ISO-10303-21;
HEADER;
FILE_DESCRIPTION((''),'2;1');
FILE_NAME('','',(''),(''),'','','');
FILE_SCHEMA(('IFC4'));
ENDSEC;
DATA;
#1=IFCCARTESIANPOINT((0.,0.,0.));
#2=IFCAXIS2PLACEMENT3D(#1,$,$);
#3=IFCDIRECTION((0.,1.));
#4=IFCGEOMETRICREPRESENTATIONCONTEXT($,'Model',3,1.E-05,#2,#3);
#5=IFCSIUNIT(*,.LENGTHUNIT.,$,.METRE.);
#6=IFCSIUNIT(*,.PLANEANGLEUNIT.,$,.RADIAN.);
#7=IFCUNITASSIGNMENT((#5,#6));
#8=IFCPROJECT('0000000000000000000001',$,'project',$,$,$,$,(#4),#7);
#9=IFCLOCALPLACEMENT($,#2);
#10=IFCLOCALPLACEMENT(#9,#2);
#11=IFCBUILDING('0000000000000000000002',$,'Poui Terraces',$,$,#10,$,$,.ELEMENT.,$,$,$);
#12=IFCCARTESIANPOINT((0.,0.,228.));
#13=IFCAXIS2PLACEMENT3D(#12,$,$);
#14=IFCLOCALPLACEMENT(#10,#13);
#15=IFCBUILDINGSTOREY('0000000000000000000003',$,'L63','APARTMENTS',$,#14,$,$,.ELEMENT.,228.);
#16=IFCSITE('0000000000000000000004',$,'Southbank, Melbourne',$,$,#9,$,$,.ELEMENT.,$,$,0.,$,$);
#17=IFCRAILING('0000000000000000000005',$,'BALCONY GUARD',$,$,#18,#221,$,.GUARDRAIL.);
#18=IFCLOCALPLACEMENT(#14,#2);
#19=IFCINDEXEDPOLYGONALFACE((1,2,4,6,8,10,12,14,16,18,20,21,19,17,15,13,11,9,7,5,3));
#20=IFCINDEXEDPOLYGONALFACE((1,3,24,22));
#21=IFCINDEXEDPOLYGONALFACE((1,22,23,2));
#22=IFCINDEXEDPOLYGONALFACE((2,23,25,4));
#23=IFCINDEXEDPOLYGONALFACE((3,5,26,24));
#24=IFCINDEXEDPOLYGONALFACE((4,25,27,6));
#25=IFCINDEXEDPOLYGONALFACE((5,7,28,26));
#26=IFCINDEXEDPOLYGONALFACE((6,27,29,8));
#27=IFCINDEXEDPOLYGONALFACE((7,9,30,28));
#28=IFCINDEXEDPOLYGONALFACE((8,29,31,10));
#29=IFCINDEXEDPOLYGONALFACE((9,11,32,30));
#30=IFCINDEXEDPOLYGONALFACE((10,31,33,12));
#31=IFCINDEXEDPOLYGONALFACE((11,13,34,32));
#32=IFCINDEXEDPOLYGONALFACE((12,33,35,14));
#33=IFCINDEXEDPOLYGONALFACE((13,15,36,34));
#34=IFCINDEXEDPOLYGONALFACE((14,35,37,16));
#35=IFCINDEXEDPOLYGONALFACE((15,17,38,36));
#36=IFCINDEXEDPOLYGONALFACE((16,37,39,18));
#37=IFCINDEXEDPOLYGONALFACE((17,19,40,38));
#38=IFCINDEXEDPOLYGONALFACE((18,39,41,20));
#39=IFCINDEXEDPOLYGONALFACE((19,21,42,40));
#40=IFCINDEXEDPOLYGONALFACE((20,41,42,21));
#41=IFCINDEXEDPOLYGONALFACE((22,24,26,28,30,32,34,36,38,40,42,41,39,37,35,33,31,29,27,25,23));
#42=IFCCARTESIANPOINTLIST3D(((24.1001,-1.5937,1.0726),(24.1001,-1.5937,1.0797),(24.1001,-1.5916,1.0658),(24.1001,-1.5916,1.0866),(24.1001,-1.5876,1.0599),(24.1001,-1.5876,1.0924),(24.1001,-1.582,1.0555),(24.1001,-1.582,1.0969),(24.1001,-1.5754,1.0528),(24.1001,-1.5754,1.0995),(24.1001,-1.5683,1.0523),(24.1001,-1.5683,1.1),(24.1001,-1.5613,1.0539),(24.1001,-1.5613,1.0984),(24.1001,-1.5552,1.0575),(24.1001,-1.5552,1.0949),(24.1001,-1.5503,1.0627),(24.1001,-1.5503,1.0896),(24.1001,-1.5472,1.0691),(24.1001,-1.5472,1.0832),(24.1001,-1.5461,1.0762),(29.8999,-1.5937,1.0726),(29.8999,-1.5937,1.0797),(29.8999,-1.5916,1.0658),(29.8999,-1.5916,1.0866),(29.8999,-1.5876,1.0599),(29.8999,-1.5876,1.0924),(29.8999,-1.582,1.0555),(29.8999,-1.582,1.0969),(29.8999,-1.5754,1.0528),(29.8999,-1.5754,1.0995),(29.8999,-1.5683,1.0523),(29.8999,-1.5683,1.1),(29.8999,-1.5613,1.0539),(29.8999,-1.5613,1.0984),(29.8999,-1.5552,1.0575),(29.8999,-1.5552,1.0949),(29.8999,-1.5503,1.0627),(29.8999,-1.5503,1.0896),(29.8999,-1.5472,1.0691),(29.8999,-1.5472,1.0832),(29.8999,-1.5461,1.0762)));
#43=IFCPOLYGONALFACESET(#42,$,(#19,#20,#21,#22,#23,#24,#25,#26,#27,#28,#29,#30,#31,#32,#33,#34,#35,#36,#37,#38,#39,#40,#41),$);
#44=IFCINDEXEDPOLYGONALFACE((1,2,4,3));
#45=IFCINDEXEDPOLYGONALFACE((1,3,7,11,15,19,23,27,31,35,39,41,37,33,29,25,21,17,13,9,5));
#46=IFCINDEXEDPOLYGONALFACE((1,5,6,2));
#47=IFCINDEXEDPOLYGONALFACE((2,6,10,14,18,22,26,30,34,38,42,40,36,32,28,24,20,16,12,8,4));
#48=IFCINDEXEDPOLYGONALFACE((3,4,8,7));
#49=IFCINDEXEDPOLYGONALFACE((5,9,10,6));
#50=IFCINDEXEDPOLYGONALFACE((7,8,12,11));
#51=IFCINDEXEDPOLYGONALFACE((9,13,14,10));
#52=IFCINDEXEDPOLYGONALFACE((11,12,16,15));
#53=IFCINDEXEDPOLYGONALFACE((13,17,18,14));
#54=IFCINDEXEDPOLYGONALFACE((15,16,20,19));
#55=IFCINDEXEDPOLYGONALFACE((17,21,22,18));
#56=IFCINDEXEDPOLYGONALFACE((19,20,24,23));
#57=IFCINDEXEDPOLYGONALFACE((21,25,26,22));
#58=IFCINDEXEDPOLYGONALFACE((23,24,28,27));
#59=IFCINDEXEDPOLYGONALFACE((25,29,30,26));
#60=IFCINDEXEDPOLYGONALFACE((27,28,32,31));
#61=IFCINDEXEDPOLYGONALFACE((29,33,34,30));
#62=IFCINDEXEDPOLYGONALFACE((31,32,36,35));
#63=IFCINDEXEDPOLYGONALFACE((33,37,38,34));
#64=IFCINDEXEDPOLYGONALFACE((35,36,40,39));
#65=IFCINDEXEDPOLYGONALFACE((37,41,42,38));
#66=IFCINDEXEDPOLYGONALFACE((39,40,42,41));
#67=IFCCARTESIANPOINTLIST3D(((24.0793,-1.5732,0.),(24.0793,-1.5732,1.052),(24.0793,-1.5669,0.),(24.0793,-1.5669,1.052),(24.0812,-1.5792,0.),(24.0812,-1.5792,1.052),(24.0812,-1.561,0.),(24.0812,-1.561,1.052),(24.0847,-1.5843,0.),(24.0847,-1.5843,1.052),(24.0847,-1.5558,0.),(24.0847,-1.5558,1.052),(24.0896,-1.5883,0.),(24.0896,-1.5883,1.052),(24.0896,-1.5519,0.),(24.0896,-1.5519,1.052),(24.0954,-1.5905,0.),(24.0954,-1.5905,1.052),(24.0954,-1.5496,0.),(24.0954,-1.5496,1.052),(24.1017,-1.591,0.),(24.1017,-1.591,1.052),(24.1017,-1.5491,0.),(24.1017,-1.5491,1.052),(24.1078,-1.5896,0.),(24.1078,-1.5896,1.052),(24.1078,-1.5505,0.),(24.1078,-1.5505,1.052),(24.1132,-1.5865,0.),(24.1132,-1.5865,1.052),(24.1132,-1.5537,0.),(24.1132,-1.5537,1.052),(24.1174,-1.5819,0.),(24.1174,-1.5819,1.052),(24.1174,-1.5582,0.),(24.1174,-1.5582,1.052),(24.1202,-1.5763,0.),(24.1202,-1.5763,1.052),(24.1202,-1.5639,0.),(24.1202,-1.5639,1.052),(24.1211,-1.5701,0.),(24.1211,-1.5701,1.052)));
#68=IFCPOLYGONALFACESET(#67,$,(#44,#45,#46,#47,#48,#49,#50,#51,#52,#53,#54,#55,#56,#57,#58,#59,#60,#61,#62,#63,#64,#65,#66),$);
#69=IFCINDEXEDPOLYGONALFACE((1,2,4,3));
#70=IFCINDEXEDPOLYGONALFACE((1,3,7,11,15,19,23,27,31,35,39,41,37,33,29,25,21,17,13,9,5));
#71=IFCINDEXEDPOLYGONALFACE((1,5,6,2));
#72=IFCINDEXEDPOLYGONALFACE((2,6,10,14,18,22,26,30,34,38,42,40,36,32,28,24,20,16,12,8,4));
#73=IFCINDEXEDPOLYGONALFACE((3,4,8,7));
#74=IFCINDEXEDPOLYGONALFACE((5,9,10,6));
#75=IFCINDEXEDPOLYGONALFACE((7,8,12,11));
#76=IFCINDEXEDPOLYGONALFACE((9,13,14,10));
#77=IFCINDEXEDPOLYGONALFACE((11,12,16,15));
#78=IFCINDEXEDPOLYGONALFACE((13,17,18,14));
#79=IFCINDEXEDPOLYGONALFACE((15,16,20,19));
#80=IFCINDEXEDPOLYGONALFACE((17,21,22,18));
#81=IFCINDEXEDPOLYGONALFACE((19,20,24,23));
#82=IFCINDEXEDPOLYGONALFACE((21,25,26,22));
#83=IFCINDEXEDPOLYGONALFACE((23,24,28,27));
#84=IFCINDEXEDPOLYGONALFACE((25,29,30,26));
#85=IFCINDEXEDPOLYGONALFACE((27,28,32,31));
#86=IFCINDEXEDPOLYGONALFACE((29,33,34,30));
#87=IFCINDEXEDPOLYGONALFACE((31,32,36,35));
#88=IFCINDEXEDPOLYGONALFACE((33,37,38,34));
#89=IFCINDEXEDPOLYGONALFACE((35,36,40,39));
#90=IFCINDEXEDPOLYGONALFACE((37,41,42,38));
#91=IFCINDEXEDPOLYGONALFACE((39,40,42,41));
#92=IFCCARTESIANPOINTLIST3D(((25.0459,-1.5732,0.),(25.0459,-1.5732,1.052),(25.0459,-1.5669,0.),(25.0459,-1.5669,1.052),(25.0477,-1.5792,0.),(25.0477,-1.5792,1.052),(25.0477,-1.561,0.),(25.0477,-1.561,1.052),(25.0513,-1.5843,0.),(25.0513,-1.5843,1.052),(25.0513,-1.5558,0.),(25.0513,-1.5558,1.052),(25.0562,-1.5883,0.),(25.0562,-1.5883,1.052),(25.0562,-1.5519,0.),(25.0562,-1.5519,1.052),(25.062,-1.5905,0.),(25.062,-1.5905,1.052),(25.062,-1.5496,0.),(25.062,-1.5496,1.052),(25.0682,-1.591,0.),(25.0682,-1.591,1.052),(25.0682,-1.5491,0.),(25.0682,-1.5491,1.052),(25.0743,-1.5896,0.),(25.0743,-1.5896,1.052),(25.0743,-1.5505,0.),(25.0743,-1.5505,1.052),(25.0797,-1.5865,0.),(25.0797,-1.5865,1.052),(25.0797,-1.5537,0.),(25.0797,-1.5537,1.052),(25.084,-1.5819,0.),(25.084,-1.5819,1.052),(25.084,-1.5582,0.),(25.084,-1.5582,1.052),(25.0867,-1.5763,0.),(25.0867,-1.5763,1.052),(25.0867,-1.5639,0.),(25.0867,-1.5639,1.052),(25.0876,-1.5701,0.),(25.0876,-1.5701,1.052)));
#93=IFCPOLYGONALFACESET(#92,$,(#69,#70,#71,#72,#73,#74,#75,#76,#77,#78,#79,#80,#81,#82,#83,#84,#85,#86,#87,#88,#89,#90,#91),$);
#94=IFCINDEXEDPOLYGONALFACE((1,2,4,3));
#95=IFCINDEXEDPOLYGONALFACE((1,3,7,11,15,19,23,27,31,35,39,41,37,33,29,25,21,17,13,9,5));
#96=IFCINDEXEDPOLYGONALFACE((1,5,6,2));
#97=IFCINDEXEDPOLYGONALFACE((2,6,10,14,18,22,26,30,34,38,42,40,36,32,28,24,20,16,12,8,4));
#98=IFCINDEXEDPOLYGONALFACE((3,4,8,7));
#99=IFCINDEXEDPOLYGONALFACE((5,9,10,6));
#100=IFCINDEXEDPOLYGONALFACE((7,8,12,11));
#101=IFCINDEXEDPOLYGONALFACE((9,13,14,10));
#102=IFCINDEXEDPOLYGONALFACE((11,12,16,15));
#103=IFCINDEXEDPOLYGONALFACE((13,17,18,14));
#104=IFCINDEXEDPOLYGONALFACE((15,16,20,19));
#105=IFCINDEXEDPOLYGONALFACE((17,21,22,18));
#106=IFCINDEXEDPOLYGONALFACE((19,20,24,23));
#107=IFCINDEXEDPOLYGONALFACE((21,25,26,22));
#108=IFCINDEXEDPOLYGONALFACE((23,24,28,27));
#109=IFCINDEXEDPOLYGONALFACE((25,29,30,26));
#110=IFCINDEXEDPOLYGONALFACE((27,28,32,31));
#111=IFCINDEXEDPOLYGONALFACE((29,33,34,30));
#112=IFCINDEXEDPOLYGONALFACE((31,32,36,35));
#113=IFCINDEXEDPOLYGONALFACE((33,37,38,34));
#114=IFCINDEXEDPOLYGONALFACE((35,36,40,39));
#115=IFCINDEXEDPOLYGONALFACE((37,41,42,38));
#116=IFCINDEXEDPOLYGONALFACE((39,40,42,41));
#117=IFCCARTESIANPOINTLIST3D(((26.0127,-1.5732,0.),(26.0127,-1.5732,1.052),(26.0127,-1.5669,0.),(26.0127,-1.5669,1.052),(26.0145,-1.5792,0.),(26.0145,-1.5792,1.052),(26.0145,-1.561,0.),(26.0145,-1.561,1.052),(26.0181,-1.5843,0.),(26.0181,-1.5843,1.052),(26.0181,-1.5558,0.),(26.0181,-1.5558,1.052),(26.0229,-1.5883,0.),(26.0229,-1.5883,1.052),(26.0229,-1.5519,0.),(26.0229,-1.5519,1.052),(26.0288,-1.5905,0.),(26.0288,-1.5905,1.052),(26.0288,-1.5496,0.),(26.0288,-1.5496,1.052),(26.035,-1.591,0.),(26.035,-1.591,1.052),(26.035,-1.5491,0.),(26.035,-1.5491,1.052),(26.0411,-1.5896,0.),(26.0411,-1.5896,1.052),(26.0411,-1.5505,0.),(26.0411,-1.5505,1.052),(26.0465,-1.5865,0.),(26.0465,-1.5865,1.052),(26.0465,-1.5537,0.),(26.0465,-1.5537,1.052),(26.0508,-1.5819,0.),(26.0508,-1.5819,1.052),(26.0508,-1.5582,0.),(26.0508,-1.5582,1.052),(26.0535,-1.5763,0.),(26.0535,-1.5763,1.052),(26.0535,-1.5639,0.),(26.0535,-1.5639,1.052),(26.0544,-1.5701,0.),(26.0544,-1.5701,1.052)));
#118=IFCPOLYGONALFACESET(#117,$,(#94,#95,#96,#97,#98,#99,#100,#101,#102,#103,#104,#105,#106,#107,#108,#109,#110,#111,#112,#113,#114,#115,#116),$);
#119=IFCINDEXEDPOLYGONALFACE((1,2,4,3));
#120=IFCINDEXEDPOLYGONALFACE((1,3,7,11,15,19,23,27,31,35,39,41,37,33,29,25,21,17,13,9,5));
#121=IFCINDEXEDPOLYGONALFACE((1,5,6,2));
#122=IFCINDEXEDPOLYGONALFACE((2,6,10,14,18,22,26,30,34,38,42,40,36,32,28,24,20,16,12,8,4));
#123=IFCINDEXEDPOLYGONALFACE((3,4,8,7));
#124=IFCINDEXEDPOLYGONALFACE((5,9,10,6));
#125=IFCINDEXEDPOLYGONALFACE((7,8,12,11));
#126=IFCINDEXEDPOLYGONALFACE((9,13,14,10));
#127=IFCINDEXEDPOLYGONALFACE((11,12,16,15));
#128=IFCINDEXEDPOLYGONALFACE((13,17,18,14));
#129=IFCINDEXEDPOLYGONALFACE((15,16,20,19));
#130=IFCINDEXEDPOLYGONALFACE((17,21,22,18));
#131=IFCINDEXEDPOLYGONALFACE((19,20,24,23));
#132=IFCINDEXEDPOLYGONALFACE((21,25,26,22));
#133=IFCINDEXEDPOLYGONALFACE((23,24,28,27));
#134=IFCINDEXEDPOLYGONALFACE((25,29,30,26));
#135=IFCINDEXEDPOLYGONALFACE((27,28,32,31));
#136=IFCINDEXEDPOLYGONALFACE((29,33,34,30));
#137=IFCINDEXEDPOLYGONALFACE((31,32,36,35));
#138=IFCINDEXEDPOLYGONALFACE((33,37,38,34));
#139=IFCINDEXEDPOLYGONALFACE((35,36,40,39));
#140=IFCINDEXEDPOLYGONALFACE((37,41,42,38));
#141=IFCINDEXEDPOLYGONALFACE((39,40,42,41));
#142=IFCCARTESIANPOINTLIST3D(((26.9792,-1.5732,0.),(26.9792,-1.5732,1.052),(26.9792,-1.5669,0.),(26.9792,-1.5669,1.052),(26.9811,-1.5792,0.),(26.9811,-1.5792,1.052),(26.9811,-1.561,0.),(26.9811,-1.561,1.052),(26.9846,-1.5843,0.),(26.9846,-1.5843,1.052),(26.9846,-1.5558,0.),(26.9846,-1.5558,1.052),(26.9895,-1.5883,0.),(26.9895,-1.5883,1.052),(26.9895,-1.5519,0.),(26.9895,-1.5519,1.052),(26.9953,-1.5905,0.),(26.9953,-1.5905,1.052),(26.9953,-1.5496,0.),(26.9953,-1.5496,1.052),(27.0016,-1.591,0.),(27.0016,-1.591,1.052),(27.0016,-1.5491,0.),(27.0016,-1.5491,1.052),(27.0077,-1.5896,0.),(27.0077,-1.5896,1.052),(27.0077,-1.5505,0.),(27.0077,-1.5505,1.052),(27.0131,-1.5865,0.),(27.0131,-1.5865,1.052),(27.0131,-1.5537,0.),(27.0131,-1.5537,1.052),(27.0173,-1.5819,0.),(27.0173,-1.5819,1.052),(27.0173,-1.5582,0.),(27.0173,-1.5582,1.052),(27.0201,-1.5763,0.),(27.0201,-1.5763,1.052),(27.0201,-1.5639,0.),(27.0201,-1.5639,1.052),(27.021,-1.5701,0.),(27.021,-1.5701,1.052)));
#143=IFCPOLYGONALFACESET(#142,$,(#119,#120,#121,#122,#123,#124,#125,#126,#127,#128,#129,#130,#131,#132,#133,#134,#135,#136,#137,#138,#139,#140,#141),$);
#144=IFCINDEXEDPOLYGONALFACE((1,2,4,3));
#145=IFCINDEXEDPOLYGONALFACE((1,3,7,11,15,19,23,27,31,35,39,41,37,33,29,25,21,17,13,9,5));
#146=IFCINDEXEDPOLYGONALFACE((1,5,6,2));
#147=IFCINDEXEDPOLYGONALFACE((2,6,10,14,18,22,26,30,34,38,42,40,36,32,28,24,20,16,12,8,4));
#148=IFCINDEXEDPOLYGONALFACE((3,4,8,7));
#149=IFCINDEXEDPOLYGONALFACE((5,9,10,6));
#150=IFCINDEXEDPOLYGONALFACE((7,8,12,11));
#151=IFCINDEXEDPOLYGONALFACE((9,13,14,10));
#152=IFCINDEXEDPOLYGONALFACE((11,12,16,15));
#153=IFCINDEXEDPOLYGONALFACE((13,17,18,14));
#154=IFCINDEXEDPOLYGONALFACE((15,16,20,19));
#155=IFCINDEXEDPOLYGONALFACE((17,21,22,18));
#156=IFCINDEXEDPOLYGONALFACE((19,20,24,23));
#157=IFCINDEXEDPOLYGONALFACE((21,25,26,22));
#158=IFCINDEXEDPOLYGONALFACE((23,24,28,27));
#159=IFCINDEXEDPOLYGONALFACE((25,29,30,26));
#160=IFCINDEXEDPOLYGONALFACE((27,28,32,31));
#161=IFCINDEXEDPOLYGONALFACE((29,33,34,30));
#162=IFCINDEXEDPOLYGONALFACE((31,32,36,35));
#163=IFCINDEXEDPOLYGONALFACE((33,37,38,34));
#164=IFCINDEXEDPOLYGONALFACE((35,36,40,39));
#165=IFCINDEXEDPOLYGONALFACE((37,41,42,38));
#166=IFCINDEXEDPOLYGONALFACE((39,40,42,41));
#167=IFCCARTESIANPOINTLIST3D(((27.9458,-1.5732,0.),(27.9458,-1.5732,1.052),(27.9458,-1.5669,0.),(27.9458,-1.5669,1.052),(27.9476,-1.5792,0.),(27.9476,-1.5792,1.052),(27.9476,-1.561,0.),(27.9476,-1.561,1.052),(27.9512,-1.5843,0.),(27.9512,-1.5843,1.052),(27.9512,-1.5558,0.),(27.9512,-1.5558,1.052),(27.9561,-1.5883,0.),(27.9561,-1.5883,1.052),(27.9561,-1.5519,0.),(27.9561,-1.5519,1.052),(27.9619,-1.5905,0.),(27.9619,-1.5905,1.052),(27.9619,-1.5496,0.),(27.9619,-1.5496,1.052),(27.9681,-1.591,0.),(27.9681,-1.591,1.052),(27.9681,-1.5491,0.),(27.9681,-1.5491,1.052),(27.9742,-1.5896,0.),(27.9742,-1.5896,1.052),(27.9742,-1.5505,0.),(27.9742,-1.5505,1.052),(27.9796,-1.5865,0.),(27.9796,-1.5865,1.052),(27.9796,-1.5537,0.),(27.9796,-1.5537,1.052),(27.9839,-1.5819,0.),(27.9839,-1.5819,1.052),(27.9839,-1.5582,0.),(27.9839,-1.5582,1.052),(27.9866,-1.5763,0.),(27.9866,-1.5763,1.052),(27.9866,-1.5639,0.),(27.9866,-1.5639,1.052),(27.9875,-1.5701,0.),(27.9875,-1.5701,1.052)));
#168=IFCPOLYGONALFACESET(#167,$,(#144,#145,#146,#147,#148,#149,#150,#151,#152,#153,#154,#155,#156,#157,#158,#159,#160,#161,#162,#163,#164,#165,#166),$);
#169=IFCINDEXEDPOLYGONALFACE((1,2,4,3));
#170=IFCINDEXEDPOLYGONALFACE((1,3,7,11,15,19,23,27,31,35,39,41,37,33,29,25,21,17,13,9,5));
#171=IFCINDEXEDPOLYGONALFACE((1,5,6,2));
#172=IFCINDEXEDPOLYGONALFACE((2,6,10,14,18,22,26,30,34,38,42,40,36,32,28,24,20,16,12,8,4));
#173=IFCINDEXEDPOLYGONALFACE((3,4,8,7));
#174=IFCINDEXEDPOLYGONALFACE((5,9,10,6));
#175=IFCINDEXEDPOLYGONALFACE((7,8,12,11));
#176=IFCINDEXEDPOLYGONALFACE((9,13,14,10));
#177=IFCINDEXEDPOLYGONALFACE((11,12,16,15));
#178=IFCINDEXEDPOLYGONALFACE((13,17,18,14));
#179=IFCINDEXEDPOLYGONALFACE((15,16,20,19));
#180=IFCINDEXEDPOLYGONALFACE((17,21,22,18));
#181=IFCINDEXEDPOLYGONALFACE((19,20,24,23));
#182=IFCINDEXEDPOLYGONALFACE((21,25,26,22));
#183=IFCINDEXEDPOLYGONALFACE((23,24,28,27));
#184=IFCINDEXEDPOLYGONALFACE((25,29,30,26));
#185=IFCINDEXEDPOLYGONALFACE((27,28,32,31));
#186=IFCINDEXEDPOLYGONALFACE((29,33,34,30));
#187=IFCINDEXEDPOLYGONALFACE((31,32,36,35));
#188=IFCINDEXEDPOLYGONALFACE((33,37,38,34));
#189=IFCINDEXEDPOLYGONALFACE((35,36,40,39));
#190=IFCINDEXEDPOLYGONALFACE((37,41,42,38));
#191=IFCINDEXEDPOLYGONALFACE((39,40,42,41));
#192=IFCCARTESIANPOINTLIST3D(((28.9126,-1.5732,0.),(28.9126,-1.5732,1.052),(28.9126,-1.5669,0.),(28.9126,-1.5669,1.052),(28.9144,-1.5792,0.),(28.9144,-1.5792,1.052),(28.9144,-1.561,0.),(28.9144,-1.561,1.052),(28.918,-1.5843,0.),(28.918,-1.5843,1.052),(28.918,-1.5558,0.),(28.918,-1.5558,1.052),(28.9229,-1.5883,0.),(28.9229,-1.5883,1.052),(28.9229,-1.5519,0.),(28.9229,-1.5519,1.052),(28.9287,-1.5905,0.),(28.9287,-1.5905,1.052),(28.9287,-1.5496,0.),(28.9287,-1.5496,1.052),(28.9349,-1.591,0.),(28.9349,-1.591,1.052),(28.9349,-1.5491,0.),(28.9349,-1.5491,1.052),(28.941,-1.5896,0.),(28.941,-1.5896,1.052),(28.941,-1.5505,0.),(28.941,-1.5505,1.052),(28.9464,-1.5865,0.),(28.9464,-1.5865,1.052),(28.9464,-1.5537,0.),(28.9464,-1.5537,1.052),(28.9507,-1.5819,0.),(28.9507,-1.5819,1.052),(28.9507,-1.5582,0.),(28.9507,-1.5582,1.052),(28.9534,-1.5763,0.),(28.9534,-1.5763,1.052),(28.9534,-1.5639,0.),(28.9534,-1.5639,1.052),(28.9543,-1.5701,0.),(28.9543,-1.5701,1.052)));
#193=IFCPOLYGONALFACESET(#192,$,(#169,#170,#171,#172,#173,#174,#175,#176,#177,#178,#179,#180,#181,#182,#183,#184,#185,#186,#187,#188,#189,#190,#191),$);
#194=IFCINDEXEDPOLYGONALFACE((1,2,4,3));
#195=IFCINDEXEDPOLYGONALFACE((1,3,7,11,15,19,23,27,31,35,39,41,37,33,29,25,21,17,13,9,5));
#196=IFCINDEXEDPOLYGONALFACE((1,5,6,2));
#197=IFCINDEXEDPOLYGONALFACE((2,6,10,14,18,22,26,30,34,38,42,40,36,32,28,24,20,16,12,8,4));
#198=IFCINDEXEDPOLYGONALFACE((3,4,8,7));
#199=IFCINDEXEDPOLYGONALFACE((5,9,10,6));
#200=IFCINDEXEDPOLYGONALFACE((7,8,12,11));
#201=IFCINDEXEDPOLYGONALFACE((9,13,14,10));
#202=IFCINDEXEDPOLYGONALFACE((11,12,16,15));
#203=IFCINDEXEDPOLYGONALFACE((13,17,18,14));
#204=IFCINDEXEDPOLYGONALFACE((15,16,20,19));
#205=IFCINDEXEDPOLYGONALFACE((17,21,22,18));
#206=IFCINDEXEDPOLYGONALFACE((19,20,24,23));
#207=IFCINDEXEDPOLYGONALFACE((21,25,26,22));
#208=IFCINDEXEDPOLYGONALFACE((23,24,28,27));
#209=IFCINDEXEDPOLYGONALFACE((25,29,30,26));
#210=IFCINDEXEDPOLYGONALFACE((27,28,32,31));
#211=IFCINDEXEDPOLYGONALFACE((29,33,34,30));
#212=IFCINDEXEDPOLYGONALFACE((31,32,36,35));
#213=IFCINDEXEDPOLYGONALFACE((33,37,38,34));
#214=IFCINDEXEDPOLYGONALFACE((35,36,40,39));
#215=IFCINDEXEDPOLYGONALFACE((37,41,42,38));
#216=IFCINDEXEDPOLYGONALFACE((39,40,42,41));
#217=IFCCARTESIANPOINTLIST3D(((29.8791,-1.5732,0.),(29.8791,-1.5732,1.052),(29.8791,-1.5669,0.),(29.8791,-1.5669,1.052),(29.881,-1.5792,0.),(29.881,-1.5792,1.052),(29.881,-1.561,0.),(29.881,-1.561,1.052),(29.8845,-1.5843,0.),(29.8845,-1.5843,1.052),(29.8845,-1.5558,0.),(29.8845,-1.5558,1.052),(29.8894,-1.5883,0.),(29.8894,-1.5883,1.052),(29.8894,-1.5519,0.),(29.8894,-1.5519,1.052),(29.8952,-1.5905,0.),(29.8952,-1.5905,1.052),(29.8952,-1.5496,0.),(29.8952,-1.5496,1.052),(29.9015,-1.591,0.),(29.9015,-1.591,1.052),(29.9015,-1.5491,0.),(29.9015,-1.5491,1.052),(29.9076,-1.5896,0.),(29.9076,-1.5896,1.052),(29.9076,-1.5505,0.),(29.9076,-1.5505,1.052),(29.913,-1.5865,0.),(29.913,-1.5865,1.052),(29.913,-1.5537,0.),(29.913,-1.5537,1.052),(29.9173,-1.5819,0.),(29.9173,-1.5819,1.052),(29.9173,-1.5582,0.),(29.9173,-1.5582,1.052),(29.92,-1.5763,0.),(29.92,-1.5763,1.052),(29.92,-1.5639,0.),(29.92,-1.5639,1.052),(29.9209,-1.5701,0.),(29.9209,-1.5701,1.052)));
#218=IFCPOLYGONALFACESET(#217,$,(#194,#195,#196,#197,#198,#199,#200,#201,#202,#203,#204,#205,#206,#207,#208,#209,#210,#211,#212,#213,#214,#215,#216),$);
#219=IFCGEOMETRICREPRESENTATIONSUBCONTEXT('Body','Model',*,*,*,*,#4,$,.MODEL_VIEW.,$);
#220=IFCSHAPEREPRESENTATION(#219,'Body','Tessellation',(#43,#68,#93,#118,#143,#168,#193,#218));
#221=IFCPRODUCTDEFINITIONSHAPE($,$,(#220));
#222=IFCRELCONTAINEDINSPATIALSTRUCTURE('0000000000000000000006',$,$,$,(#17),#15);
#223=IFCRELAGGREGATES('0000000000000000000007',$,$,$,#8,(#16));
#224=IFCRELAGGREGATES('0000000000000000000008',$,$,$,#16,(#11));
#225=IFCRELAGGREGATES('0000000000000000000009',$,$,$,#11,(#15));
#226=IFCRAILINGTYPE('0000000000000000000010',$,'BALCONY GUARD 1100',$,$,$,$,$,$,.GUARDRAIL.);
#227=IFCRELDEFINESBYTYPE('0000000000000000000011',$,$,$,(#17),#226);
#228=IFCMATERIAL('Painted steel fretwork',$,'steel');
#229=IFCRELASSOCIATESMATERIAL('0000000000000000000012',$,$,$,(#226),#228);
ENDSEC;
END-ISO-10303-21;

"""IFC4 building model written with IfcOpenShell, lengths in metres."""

from ifc_helpers import new_model, si_unit, direction, frame, origin, origin_2d, place, context, subcontext, project, spatial, circle, extrude, material, type_object, element, save


model = new_model("IFC4")

# Units and contexts
model_context = context("Model", 3, precision=1e-05, world=origin(), true_north=direction((0.0, 1.0)))
body_context = subcontext(model_context, "Body", "Model", "MODEL_VIEW")
ifc_project = project(units=[si_unit("LENGTHUNIT", "METRE"), si_unit("PLANEANGLEUNIT", "RADIAN")], contexts=[model_context])

# Site, building, storey
site_placement = place(None, origin())
site = spatial("IfcSite", under=ifc_project, at=site_placement, Name="Southbank, Melbourne", CompositionType="ELEMENT", RefElevation=0.0)
building_placement = place(site_placement, origin())
building = spatial("IfcBuilding", under=site, at=building_placement, Name="Poui Terraces", CompositionType="ELEMENT")
storey_placement = place(building_placement, frame((0.0, 0.0, 228.0)))
storey = spatial("IfcBuildingStorey", under=building, at=storey_placement, Name="L63", Description="APARTMENTS", CompositionType="ELEMENT", Elevation=228.0)

# Railing
ifc_material_1 = material(Name="Painted steel fretwork", Category="steel")
railing_type = type_object("IfcRailingType", Name="BALCONY GUARD 1100", PredefinedType="GUARDRAIL", material=ifc_material_1)
railing_placement = place(storey_placement, frame((24.1001, -1.5701, 0.0)))
element("IfcRailing", 1, at=railing_placement, inside=storey, type_object=railing_type, Name="BALCONY GUARD", PredefinedType="GUARDRAIL", context=body_context, shape_type="SweptSolid", body=[
    extrude(circle(Radius=0.0239, at=origin_2d()), frame((0.0, 0.0, 1.0762), z_axis=(1.0, 0.0, 0.0), x_axis=(0.0, 1.0, 0.0)), (0.0, 0.0, 1.0), 5.7998),
    extrude(circle(Radius=0.021, at=origin_2d()), origin(), (0.0, 0.0, 1.0), 1.052),
    extrude(circle(Radius=0.021, at=origin_2d()), frame((0.9666, 0.0, 0.0)), (0.0, 0.0, 1.0), 1.052),
    extrude(circle(Radius=0.021, at=origin_2d()), frame((1.9333, 0.0, 0.0)), (0.0, 0.0, 1.0), 1.052),
    extrude(circle(Radius=0.021, at=origin_2d()), frame((2.8999, 0.0, 0.0)), (0.0, 0.0, 1.0), 1.052),
    extrude(circle(Radius=0.021, at=origin_2d()), frame((3.8665, 0.0, 0.0)), (0.0, 0.0, 1.0), 1.052),
    extrude(circle(Radius=0.021, at=origin_2d()), frame((4.8333, 0.0, 0.0)), (0.0, 0.0, 1.0), 1.052),
    extrude(circle(Radius=0.021, at=origin_2d()), frame((5.7998, 0.0, 0.0)), (0.0, 0.0, 1.0), 1.052),
])

save(model, "model.ifc")
